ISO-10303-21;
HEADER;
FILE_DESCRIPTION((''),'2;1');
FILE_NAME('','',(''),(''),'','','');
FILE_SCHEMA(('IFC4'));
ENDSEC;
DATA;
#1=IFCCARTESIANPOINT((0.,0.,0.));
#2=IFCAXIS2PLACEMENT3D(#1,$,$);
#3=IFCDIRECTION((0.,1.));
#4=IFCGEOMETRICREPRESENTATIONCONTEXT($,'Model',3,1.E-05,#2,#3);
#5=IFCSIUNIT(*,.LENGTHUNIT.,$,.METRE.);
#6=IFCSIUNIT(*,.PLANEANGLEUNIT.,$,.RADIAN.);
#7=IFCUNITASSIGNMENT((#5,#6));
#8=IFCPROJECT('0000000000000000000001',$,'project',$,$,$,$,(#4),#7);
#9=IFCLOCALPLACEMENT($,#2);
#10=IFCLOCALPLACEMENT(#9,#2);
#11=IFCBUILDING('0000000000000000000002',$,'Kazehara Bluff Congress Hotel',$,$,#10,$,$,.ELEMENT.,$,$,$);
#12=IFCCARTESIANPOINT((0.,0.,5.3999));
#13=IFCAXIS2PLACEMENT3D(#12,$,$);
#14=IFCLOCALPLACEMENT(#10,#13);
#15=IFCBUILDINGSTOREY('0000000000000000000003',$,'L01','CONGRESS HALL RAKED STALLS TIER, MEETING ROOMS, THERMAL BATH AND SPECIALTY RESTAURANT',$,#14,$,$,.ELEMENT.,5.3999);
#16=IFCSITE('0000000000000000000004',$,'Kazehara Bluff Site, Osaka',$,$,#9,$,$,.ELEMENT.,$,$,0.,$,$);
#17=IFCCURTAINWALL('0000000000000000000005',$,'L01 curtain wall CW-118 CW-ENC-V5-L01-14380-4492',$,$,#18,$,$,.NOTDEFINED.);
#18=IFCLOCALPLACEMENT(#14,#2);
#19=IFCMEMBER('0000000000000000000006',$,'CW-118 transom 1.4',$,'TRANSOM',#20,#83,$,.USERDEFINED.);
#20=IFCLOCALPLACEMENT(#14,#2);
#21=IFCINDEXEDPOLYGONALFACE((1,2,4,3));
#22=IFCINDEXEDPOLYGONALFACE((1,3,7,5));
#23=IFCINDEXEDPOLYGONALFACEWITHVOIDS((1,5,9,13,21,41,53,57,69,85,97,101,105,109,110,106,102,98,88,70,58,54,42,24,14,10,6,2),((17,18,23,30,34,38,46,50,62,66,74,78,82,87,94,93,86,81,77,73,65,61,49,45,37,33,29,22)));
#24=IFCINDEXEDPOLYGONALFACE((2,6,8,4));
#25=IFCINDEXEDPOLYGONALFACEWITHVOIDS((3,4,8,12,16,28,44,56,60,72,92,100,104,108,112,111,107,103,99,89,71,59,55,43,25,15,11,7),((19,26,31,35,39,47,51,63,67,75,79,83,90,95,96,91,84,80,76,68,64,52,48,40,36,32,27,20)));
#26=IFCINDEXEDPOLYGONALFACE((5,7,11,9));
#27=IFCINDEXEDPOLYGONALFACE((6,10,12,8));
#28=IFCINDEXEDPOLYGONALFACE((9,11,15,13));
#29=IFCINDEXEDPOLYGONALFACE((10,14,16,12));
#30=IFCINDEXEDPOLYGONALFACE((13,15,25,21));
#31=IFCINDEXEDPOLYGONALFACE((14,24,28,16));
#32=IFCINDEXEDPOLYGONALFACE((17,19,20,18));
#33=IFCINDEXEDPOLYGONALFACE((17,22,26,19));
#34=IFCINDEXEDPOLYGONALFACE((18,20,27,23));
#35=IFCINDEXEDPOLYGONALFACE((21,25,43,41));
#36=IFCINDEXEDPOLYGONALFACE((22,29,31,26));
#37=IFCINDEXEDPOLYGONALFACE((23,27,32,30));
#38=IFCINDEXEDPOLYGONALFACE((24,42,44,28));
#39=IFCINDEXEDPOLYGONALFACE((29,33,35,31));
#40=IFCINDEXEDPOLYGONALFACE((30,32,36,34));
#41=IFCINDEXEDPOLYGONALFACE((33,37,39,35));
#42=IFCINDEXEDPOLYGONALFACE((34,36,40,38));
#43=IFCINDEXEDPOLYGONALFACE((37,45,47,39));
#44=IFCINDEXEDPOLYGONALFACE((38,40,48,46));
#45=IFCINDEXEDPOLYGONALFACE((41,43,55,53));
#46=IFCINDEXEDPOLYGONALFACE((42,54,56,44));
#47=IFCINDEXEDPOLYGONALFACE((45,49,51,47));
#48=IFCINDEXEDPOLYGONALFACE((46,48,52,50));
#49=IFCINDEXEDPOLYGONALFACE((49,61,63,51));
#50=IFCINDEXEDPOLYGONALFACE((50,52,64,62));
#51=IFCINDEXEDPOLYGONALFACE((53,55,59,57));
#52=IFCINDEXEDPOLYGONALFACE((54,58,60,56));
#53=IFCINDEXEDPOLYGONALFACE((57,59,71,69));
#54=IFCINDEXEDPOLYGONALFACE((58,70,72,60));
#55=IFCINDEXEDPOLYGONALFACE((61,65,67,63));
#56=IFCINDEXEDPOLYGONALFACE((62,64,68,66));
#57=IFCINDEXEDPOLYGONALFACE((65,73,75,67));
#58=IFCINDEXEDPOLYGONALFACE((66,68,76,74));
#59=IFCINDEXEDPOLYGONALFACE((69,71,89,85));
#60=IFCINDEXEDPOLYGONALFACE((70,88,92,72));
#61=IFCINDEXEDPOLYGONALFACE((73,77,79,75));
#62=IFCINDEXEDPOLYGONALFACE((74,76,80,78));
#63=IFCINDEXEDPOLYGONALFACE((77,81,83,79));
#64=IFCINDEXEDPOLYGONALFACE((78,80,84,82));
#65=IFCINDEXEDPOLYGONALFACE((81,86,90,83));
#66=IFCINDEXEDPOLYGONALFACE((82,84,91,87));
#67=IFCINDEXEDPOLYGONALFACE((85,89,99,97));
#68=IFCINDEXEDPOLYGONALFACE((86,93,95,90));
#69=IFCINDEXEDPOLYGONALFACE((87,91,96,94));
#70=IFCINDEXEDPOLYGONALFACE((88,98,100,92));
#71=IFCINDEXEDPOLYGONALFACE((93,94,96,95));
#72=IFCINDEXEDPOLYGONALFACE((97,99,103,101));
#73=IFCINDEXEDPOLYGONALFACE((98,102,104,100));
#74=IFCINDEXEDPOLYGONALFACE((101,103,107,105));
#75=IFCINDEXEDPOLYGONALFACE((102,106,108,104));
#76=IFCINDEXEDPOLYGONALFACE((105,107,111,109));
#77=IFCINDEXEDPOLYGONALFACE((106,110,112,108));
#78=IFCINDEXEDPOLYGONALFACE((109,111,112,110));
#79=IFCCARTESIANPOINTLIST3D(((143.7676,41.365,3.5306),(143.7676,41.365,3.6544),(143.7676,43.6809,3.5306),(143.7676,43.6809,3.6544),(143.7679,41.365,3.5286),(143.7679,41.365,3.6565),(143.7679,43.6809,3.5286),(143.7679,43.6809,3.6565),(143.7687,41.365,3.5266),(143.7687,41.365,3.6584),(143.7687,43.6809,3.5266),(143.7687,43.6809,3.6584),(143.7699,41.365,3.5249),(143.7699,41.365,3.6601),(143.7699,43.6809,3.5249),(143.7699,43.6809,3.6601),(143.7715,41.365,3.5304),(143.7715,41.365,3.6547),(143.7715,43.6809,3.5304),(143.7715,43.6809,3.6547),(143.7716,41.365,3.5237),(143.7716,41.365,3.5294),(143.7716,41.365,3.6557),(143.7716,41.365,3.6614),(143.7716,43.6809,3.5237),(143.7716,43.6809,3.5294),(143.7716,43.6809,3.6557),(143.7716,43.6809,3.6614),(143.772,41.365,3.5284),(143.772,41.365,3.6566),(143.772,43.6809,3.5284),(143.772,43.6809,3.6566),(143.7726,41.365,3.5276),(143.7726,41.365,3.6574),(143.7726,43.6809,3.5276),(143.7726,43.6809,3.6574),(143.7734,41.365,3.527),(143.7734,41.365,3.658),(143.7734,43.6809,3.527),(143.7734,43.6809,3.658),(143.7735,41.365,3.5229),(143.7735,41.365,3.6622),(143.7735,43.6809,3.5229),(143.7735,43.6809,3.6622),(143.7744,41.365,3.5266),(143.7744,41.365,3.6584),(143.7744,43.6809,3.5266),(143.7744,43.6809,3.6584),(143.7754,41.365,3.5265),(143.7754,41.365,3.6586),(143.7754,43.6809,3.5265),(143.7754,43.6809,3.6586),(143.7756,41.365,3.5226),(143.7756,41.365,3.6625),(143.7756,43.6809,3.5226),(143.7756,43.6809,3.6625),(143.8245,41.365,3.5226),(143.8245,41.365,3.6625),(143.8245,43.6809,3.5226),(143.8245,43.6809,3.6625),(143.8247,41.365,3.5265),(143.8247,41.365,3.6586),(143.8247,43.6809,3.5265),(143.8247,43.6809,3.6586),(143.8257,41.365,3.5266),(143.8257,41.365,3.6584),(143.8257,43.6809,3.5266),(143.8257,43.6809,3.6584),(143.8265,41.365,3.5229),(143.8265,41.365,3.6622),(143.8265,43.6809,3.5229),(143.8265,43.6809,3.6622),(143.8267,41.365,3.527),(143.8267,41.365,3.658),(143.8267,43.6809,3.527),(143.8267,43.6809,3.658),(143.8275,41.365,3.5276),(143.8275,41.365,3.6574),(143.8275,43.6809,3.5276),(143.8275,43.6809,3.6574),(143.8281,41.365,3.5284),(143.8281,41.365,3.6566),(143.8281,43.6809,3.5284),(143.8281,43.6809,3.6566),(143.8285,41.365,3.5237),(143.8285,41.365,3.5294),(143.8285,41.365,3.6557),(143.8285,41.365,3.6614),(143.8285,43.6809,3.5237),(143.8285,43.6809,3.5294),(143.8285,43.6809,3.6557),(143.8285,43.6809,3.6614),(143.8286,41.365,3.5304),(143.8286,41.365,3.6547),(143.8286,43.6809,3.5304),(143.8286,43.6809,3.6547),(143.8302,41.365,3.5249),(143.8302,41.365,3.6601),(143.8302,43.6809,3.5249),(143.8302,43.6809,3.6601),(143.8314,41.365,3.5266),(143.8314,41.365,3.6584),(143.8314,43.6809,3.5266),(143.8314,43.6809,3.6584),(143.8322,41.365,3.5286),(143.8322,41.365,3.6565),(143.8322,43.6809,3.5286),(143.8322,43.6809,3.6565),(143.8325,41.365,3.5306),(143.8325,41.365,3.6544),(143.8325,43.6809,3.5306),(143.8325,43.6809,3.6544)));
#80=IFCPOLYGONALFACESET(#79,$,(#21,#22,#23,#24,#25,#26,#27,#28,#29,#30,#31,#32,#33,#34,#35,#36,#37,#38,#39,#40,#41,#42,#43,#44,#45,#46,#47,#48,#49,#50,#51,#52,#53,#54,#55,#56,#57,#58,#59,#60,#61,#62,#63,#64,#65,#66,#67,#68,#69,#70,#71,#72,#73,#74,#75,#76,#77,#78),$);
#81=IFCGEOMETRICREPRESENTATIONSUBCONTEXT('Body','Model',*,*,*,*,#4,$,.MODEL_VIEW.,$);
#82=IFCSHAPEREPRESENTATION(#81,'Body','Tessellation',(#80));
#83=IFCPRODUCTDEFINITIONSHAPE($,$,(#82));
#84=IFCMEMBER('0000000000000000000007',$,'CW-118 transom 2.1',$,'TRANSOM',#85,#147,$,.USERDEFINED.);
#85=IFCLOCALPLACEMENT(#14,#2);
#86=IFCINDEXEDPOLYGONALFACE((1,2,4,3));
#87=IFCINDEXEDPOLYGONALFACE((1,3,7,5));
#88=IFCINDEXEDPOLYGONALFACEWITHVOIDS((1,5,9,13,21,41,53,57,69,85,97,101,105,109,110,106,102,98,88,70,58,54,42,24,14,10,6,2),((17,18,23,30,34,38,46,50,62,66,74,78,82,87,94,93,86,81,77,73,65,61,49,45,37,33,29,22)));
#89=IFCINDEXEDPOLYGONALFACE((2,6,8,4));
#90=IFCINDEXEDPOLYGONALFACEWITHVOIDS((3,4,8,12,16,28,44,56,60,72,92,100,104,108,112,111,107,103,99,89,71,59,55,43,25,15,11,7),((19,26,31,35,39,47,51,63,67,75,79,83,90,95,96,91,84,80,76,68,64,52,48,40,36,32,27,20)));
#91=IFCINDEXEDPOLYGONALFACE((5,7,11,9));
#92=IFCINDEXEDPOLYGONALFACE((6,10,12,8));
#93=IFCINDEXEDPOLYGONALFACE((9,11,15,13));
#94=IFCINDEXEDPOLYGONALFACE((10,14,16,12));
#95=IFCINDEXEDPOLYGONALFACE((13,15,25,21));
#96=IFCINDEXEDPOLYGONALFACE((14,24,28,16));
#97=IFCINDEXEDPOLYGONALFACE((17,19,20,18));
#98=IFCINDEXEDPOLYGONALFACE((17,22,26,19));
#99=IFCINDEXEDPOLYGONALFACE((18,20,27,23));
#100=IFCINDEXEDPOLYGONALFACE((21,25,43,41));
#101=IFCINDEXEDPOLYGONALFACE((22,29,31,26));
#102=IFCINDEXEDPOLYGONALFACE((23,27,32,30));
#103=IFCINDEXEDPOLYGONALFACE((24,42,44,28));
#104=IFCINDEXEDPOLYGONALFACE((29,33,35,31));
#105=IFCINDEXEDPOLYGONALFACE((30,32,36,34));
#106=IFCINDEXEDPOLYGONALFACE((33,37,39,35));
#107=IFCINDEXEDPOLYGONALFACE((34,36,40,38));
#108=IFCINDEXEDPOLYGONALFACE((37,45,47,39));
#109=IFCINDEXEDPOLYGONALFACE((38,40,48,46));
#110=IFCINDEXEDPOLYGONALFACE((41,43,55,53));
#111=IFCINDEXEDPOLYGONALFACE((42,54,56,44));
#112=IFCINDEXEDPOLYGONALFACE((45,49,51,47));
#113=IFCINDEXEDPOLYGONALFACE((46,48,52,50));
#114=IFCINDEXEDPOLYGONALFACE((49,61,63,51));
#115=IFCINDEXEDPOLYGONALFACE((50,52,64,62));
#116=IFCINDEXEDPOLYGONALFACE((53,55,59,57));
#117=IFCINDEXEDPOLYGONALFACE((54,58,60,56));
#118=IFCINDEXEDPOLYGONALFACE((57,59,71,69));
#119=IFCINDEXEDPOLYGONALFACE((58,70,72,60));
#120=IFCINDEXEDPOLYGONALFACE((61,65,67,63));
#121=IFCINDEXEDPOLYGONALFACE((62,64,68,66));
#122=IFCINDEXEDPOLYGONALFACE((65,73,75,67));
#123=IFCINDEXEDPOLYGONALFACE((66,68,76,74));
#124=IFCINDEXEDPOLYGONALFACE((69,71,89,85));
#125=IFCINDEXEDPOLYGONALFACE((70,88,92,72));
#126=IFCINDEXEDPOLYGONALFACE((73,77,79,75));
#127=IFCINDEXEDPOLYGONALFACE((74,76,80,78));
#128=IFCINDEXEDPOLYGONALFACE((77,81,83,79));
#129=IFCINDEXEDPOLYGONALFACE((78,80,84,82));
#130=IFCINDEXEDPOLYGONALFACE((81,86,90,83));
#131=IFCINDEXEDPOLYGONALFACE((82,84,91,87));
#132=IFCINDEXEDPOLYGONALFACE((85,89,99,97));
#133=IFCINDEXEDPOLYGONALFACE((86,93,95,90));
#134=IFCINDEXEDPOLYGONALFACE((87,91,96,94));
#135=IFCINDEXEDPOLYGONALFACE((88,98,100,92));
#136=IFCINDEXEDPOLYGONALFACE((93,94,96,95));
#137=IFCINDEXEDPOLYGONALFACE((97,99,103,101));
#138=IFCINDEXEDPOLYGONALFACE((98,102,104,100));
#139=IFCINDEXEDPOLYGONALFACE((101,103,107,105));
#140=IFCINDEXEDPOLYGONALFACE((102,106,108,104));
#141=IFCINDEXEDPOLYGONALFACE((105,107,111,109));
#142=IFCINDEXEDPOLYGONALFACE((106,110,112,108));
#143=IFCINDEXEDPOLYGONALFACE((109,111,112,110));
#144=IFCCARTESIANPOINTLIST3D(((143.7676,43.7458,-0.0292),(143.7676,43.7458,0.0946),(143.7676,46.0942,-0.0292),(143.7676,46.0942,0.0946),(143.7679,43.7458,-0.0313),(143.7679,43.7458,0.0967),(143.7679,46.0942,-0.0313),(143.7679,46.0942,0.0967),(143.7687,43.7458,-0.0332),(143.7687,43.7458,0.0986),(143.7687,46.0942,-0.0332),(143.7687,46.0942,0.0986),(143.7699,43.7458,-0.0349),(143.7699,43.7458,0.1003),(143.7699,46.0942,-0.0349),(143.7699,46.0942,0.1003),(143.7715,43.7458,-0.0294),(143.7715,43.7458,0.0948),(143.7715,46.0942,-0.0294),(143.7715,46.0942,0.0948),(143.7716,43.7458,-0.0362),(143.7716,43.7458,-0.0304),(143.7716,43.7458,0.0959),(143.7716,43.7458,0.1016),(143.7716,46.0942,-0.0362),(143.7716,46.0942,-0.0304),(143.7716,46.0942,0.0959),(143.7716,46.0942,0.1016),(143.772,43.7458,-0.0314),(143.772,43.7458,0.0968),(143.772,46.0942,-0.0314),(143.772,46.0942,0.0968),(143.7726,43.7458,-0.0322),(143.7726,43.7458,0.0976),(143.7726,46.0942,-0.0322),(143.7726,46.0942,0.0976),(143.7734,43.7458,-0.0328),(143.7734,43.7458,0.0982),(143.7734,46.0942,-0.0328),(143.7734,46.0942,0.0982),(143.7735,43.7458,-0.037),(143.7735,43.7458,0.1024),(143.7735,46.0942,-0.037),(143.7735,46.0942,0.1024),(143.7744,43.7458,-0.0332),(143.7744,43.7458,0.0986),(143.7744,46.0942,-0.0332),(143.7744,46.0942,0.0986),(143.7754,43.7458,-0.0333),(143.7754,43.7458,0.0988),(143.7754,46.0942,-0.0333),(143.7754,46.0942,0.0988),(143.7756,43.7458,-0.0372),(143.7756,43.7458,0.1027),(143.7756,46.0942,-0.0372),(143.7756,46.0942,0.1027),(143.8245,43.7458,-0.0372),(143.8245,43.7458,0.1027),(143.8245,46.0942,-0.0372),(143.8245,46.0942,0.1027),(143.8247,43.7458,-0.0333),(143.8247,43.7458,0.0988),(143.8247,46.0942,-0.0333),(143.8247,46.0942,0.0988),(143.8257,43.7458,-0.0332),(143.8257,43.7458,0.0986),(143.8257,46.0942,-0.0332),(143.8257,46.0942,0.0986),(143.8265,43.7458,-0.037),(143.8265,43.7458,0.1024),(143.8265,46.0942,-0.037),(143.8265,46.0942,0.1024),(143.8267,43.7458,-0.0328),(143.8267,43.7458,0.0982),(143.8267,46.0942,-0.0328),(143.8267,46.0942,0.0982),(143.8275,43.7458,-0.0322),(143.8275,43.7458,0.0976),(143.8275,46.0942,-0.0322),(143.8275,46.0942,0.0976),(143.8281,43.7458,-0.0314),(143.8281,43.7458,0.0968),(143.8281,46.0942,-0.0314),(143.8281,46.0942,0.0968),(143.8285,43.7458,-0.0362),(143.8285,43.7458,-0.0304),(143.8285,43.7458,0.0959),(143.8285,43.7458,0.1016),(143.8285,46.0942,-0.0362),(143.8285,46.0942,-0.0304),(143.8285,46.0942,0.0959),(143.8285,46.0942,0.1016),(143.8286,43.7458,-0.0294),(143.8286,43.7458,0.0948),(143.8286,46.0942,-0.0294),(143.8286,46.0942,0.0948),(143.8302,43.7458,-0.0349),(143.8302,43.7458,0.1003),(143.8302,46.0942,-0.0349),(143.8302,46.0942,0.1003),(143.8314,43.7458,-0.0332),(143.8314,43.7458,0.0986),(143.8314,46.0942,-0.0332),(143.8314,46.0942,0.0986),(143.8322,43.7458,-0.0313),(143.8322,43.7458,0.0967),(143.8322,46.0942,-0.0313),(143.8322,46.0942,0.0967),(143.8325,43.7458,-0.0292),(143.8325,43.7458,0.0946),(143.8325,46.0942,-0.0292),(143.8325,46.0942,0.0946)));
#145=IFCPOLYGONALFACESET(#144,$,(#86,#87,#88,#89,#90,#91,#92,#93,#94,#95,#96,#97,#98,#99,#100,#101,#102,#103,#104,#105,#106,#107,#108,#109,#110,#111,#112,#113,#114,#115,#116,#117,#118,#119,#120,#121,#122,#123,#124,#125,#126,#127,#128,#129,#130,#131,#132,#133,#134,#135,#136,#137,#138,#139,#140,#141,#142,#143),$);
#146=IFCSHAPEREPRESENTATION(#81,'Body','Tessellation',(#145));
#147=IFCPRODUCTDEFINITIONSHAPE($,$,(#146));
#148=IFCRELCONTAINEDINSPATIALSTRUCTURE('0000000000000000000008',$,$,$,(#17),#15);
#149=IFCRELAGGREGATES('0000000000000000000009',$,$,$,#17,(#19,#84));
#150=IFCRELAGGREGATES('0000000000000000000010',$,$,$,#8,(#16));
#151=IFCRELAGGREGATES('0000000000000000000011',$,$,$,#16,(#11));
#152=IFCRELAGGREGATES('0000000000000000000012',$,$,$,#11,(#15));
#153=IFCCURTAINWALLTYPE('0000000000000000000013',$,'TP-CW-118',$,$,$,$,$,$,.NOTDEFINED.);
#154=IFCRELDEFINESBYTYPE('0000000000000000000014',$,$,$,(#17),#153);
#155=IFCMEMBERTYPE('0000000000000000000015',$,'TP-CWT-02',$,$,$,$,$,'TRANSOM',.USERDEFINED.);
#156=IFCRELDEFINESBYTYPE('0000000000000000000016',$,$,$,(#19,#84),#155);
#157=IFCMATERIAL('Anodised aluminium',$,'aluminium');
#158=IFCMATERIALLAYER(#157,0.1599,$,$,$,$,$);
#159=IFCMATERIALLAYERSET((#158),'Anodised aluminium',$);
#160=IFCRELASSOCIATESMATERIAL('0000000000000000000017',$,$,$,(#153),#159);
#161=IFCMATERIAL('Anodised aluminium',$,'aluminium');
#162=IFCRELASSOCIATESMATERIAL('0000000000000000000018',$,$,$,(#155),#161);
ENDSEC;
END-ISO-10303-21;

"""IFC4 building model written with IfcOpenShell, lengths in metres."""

from ifc_helpers import new_model, si_unit, direction, frame, origin, origin_2d, place, context, subcontext, project, spatial, hollow_rectangle, extrude, material, layer, layer_set, material_profile, profile_set, type_object, element, aggregate, save


model = new_model("IFC4")

# Units and contexts
model_context = context("Model", 3, precision=1e-05, world=origin(), true_north=direction((0.0, 1.0)))
body_context = subcontext(model_context, "Body", "Model", "MODEL_VIEW")
ifc_project = project(units=[si_unit("LENGTHUNIT", "METRE"), si_unit("PLANEANGLEUNIT", "RADIAN")], contexts=[model_context])

# Site, building, storey
site_placement = place(None, origin())
site = spatial("IfcSite", under=ifc_project, at=site_placement, Name="Kazehara Bluff Site, Osaka", CompositionType="ELEMENT", RefElevation=0.0)
building_placement = place(site_placement, origin())
building = spatial("IfcBuilding", under=site, at=building_placement, Name="Kazehara Bluff Congress Hotel", CompositionType="ELEMENT")
storey_placement = place(building_placement, frame((0.0, 0.0, 5.3999)))
storey = spatial("IfcBuildingStorey", under=building, at=storey_placement, Name="L01", Description="CONGRESS HALL RAKED STALLS TIER, MEETING ROOMS, THERMAL BATH AND SPECIALTY RESTAURANT", CompositionType="ELEMENT", Elevation=5.3999)

# Curtain wall, members
ifc_material_1 = material(Name="Anodised aluminium", Category="aluminium")
ifc_layer_1 = layer(ifc_material_1, 0.1599)
ifc_layer_set_1 = layer_set([ifc_layer_1], Name="Anodised aluminium")
curtain_wall_type = type_object("IfcCurtainWallType", Name="TP-CW-118", PredefinedType="NOTDEFINED", material=ifc_layer_set_1)
curtain_wall_placement = place(storey_placement, origin())
curtain_wall = element("IfcCurtainWall", 1, at=curtain_wall_placement, inside=storey, type_object=curtain_wall_type, Name="L01 curtain wall CW-118 CW-ENC-V5-L01-14380-4492", PredefinedType="NOTDEFINED")
ifc_material_2 = material(Name="Anodised aluminium", Category="aluminium")
ifc_material_profile_1 = material_profile(ifc_material_2, hollow_rectangle(XDim=0.0649, YDim=0.1399, WallThickness=0.0039, InnerFilletRadius=0.0039, OuterFilletRadius=0.0081, at=origin_2d()))
ifc_profile_set_1 = profile_set([ifc_material_profile_1], Name="Anodised aluminium")
member_type_1 = type_object("IfcMemberType", Name="TP-CWT-02", ElementType="TRANSOM", PredefinedType="USERDEFINED", material=ifc_profile_set_1)
member_1_placement = place(storey_placement, frame((143.8, 41.365, 3.5925), z_axis=(0.0, 1.0, 0.0), x_axis=(-1.0, 0.0, 0.0)))
member_1 = element("IfcMember", 2, at=member_1_placement, type_object=member_type_1, Name="CW-118 transom 1.4", ObjectType="TRANSOM", PredefinedType="USERDEFINED", context=body_context, shape_type="SweptSolid", body=[
    extrude(hollow_rectangle(XDim=0.0649, YDim=0.1399, WallThickness=0.0039, InnerFilletRadius=0.0039, OuterFilletRadius=0.0081, at=origin_2d()), origin(), (0.0, 0.0, 1.0), 2.3159),
])
member_2_placement = place(storey_placement, frame((143.8, 43.7458, 0.0327), z_axis=(0.0, 1.0, 0.0), x_axis=(-1.0, 0.0, 0.0)))
member_2 = element("IfcMember", 3, at=member_2_placement, type_object=member_type_1, Name="CW-118 transom 2.1", ObjectType="TRANSOM", PredefinedType="USERDEFINED", context=body_context, shape_type="SweptSolid", body=[
    extrude(hollow_rectangle(XDim=0.0649, YDim=0.1399, WallThickness=0.0039, InnerFilletRadius=0.0039, OuterFilletRadius=0.0081, at=origin_2d()), origin(), (0.0, 0.0, 1.0), 2.3484),
])

aggregate(curtain_wall, [member_1, member_2])

save(model, "model.ifc")
